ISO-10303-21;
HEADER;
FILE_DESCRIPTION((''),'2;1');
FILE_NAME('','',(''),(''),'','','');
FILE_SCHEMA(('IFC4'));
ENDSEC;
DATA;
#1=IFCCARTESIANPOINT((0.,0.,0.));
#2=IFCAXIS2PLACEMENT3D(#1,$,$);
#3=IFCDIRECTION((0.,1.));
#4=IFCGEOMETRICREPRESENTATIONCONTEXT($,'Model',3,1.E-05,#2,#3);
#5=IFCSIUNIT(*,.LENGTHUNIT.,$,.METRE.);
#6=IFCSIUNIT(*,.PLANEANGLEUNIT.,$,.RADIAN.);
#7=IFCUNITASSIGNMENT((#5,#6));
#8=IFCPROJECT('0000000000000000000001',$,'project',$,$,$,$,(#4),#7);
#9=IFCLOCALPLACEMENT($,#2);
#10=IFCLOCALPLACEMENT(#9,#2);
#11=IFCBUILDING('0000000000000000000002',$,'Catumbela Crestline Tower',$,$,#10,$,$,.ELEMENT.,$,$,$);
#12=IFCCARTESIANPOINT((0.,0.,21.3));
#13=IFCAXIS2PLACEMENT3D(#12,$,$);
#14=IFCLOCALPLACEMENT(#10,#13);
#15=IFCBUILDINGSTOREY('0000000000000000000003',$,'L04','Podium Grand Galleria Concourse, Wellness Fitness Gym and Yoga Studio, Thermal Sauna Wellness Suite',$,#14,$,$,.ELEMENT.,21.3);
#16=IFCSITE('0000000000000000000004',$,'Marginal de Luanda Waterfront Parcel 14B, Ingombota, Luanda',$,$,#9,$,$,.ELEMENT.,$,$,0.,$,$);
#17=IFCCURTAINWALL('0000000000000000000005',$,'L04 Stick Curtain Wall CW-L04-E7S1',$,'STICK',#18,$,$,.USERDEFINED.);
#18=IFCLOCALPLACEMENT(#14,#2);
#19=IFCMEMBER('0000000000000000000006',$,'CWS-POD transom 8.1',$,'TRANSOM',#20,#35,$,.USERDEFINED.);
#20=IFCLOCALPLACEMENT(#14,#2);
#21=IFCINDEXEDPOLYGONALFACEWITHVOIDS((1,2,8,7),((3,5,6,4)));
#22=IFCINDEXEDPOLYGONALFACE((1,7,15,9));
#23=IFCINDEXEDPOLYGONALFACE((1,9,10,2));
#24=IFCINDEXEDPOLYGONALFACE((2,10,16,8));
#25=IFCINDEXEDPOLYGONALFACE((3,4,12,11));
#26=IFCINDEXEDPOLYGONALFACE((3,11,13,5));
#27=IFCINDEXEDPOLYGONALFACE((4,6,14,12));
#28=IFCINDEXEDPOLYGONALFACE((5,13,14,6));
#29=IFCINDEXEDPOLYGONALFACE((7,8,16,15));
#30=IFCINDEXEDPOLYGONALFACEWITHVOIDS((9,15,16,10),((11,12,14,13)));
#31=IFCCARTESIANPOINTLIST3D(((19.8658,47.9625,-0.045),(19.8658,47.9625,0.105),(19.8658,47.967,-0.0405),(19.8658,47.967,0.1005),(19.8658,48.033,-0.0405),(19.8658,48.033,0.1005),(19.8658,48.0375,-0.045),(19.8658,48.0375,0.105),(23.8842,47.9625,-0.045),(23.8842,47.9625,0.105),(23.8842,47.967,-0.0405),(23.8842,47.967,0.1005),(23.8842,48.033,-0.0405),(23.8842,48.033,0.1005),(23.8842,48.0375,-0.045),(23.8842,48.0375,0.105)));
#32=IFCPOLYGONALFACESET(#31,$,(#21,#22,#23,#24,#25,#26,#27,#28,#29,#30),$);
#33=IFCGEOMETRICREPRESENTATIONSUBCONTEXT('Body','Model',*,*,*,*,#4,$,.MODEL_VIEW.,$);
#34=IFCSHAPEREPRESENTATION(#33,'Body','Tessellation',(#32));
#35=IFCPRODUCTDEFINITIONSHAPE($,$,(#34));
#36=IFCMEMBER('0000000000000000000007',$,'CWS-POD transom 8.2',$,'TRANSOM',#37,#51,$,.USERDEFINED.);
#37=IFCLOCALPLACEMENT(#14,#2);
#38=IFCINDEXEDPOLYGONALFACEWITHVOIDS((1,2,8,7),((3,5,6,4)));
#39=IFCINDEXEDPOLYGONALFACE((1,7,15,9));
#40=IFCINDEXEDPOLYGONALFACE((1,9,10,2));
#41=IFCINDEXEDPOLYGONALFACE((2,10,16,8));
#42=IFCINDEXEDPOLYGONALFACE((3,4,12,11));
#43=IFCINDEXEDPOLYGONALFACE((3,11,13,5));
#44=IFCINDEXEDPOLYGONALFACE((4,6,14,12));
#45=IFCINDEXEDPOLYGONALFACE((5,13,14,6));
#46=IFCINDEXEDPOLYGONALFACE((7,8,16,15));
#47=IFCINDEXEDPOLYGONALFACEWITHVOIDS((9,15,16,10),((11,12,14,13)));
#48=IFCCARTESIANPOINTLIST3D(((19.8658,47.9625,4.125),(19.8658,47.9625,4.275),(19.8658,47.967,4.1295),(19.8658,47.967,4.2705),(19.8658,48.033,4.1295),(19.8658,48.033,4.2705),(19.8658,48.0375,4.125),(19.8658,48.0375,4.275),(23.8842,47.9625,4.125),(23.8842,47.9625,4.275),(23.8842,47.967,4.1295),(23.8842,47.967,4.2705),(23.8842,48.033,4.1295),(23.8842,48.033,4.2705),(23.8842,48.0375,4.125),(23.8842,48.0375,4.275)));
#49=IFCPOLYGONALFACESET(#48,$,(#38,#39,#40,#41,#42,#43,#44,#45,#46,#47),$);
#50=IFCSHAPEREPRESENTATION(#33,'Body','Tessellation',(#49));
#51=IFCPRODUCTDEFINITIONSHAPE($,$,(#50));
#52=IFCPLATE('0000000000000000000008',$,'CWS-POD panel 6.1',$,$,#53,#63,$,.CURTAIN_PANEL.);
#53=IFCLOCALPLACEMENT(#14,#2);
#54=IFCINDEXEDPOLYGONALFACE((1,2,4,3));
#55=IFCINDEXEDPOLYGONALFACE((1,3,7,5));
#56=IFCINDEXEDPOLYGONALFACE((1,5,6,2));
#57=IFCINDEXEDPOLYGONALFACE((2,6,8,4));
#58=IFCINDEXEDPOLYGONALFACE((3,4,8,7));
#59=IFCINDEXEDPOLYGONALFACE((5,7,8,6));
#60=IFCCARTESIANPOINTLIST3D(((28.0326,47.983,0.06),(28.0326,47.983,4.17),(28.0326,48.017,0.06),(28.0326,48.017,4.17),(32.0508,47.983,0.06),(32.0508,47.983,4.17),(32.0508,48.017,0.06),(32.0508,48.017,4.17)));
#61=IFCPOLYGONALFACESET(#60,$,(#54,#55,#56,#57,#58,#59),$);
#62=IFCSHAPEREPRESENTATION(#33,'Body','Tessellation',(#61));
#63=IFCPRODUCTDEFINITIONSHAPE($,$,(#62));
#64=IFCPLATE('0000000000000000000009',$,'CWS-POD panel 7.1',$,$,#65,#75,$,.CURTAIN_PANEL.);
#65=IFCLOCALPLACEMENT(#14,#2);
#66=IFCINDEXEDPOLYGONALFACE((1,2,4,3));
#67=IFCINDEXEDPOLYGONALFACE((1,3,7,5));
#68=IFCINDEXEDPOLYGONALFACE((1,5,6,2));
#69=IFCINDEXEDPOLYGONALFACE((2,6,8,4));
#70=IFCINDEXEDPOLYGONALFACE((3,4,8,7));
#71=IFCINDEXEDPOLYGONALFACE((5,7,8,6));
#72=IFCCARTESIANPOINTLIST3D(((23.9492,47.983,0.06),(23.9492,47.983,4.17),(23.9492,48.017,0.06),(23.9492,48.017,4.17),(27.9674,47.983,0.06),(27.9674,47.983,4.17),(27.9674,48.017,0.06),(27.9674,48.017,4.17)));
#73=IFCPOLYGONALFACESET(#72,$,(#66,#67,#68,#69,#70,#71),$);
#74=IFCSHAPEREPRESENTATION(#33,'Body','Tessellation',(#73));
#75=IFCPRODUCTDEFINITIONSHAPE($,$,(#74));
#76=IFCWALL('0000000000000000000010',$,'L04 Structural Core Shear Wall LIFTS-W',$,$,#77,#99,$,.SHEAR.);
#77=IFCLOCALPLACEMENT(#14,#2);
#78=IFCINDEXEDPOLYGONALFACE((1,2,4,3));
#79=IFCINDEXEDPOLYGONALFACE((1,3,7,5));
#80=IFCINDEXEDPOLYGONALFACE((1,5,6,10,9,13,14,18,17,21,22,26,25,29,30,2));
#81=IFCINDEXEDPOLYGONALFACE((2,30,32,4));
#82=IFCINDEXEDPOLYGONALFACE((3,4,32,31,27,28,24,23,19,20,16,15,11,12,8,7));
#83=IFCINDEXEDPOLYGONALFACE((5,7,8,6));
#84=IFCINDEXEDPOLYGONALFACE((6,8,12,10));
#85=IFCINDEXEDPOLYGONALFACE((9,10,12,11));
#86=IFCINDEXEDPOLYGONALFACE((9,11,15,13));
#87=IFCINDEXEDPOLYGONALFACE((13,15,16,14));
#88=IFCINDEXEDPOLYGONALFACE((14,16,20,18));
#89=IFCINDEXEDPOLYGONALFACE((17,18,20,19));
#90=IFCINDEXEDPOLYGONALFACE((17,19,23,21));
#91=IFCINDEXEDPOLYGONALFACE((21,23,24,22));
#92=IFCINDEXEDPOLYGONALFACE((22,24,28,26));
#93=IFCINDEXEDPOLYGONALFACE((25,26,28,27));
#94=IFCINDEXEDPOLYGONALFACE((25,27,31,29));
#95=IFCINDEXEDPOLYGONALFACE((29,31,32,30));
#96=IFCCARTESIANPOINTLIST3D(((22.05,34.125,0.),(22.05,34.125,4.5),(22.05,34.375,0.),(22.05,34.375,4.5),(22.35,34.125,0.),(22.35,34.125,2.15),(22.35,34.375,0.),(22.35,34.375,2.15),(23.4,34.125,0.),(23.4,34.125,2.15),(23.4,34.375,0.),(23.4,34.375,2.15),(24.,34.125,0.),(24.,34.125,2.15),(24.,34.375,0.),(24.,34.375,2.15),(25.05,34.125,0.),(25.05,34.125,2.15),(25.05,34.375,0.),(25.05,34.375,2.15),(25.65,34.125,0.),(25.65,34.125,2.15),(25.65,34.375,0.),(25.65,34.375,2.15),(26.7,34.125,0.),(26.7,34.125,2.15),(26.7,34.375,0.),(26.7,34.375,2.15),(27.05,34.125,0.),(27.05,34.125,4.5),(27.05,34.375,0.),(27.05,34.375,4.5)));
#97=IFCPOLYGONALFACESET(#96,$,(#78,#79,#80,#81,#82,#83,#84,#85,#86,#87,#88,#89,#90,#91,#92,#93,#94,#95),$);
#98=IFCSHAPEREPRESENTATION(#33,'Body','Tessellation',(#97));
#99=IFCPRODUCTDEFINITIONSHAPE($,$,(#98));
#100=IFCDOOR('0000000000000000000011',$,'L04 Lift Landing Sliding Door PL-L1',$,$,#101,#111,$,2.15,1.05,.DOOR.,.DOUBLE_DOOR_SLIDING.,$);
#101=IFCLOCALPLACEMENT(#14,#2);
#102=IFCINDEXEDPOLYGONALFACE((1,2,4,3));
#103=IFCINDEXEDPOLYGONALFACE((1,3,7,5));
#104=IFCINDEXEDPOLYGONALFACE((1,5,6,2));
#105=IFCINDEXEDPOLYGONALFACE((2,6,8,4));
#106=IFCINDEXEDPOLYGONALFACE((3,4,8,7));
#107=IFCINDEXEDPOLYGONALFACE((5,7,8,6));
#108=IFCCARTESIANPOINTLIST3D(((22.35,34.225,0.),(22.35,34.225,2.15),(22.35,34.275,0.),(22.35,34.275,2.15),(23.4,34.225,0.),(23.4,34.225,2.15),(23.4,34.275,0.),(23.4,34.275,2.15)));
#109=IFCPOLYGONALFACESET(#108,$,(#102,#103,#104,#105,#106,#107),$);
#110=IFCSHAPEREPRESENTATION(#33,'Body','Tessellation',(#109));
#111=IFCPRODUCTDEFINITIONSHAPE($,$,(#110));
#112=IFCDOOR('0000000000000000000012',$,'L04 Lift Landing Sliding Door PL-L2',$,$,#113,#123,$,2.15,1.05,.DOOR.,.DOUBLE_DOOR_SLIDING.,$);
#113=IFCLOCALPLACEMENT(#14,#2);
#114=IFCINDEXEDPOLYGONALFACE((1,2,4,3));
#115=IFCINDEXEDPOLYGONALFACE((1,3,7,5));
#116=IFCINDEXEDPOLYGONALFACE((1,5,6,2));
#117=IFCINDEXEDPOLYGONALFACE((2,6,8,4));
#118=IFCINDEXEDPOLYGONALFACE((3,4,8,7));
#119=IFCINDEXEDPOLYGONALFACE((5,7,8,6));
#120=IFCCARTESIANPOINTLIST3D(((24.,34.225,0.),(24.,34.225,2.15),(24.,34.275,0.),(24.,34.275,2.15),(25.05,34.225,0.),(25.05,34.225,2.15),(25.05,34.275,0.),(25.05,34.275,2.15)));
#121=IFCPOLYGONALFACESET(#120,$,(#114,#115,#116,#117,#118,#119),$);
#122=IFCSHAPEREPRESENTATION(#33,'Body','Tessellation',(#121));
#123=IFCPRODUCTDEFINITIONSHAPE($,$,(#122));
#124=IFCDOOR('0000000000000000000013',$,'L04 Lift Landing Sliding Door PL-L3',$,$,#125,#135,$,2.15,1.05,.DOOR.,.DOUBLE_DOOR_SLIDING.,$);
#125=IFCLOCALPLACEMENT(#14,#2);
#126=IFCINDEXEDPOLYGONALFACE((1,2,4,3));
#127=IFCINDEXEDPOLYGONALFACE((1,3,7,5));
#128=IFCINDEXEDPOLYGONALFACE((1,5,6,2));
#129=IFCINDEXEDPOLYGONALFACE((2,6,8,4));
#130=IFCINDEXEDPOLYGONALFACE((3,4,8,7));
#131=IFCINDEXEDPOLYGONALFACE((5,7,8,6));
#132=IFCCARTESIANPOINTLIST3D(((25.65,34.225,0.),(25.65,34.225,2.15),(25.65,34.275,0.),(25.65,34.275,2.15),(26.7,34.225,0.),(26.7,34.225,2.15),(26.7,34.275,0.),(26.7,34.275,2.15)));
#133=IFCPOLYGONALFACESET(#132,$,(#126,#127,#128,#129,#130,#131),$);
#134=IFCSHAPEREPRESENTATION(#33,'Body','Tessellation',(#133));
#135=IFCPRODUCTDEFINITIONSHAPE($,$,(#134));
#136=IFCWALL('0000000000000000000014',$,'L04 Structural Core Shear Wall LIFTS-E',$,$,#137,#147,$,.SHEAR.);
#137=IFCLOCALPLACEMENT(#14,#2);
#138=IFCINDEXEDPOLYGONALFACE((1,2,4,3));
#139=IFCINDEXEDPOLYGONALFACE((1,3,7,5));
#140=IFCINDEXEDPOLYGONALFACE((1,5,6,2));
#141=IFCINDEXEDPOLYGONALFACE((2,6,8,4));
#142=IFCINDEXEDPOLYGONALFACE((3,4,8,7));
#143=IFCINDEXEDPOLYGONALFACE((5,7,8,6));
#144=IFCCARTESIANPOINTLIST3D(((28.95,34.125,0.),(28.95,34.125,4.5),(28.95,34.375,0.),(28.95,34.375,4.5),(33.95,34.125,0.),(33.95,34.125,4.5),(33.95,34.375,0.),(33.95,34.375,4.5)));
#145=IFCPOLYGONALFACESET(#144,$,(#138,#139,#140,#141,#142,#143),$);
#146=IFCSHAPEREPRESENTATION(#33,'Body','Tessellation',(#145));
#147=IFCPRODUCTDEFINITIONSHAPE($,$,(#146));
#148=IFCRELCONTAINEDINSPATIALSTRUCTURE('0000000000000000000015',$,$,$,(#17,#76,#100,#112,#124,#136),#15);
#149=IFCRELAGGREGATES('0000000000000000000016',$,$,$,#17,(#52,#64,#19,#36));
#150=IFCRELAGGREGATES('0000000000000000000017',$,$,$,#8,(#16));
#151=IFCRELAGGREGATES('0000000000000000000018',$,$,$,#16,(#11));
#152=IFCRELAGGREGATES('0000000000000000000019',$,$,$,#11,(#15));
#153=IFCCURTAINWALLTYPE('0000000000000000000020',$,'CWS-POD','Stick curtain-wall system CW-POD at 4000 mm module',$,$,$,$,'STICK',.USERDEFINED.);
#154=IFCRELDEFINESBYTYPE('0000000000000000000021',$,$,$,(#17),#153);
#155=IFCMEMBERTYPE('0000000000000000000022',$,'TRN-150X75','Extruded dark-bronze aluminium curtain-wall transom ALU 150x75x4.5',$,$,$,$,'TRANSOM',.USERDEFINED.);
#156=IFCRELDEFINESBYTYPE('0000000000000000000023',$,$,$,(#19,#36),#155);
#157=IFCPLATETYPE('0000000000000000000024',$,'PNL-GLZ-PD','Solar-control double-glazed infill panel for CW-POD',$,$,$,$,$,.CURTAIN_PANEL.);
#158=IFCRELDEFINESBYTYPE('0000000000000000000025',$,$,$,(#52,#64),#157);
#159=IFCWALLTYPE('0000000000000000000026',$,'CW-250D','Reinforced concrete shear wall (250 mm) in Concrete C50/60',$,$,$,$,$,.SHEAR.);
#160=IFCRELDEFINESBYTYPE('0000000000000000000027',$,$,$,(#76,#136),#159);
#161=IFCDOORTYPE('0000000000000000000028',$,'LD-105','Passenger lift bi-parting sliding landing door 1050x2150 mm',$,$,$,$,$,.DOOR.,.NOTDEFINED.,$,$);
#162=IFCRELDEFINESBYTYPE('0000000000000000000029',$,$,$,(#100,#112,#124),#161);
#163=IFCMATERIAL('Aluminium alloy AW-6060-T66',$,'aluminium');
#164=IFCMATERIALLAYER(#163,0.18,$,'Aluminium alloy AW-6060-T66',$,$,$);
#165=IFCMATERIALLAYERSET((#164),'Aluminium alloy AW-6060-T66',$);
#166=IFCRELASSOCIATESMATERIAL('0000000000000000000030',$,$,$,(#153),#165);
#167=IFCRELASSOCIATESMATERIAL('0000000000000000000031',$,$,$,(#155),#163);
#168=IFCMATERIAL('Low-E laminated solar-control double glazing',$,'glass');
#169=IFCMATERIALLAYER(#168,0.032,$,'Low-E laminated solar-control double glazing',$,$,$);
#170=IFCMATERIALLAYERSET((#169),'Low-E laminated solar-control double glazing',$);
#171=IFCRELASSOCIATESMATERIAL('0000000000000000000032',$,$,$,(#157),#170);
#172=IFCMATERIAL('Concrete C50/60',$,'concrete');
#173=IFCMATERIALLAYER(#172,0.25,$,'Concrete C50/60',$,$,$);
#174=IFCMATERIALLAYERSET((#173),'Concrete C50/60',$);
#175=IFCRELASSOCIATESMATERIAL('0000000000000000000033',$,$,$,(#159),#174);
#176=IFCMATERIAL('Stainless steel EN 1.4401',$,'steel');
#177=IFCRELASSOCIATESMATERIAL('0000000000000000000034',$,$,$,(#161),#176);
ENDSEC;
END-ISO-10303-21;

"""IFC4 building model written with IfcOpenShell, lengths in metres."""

from ifc_helpers import new_model, si_unit, direction, frame, frame_2d, origin, origin_2d, place, context, subcontext, project, spatial, rectangle, hollow_rectangle, extrude, material, layer, layer_set, material_profile, profile_set, type_object, element, fill, aggregate, save


model = new_model("IFC4")

# Units and contexts
model_context = context("Model", 3, precision=1e-05, world=origin(), true_north=direction((0.0, 1.0)))
body_context = subcontext(model_context, "Body", "Model", "MODEL_VIEW")
ifc_project = project(units=[si_unit("LENGTHUNIT", "METRE"), si_unit("PLANEANGLEUNIT", "RADIAN")], contexts=[model_context])

# Site, building, storey
site_placement = place(None, origin())
site = spatial("IfcSite", under=ifc_project, at=site_placement, Name="Marginal de Luanda Waterfront Parcel 14B, Ingombota, Luanda", CompositionType="ELEMENT", RefElevation=0.0)
building_placement = place(site_placement, origin())
building = spatial("IfcBuilding", under=site, at=building_placement, Name="Catumbela Crestline Tower", CompositionType="ELEMENT")
storey_placement = place(building_placement, frame((0.0, 0.0, 21.3)))
storey = spatial("IfcBuildingStorey", under=building, at=storey_placement, Name="L04", Description="Podium Grand Galleria Concourse, Wellness Fitness Gym and Yoga Studio, Thermal Sauna Wellness Suite", CompositionType="ELEMENT", Elevation=21.3)

# Curtain wall
ifc_material_1 = material(Name="Aluminium alloy AW-6060-T66", Category="aluminium")
ifc_layer_1 = layer(ifc_material_1, 0.18, Name="Aluminium alloy AW-6060-T66")
ifc_layer_set_1 = layer_set([ifc_layer_1], Name="Aluminium alloy AW-6060-T66")
curtain_wall_type = type_object("IfcCurtainWallType", Name="CWS-POD", Description="Stick curtain-wall system CW-POD at 4000 mm module", ElementType="STICK", PredefinedType="USERDEFINED", material=ifc_layer_set_1)
curtain_wall_placement = place(storey_placement, origin())
curtain_wall = element("IfcCurtainWall", 1, at=curtain_wall_placement, inside=storey, type_object=curtain_wall_type, Name="L04 Stick Curtain Wall CW-L04-E7S1", ObjectType="STICK", PredefinedType="USERDEFINED")

# Members
ifc_material_profile_1 = material_profile(ifc_material_1, hollow_rectangle(XDim=0.075, YDim=0.15, WallThickness=0.0045, at=origin_2d()), Name="ALU 150x75x4.5")
ifc_profile_set_1 = profile_set([ifc_material_profile_1], Name="Aluminium alloy AW-6060-T66")
member_type_1 = type_object("IfcMemberType", Name="TRN-150X75", Description="Extruded dark-bronze aluminium curtain-wall transom ALU 150x75x4.5", ElementType="TRANSOM", PredefinedType="USERDEFINED", material=ifc_profile_set_1)
member_1_placement = place(storey_placement, frame((23.8842, 48.0, 0.03), z_axis=(-1.0, 0.0, 0.0), x_axis=(0.0, -1.0, 0.0)))
member_1 = element("IfcMember", 2, at=member_1_placement, type_object=member_type_1, Name="CWS-POD transom 8.1", ObjectType="TRANSOM", PredefinedType="USERDEFINED", context=body_context, shape_type="SweptSolid", body=[
    extrude(hollow_rectangle(XDim=0.075, YDim=0.15, WallThickness=0.0045, at=origin_2d()), origin(), (0.0, 0.0, 1.0), 4.0184),
])
member_2_placement = place(storey_placement, frame((23.8842, 48.0, 4.2), z_axis=(-1.0, 0.0, 0.0), x_axis=(0.0, -1.0, 0.0)))
member_2 = element("IfcMember", 3, at=member_2_placement, type_object=member_type_1, Name="CWS-POD transom 8.2", ObjectType="TRANSOM", PredefinedType="USERDEFINED", context=body_context, shape_type="SweptSolid", body=[
    extrude(hollow_rectangle(XDim=0.075, YDim=0.15, WallThickness=0.0045, at=origin_2d()), origin(), (0.0, 0.0, 1.0), 4.0184),
])

# Plates
ifc_material_2 = material(Name="Low-E laminated solar-control double glazing", Category="glass")
ifc_layer_2 = layer(ifc_material_2, 0.032, Name="Low-E laminated solar-control double glazing")
ifc_layer_set_2 = layer_set([ifc_layer_2], Name="Low-E laminated solar-control double glazing")
plate_type = type_object("IfcPlateType", Name="PNL-GLZ-PD", Description="Solar-control double-glazed infill panel for CW-POD", PredefinedType="CURTAIN_PANEL", material=ifc_layer_set_2)
plate_1_placement = place(storey_placement, frame((30.0417, 48.0, 0.06), z_axis=(0.0, 0.0, 1.0), x_axis=(-1.0, 0.0, 0.0)))
plate_1 = element("IfcPlate", 4, at=plate_1_placement, type_object=plate_type, Name="CWS-POD panel 6.1", PredefinedType="CURTAIN_PANEL", context=body_context, shape_type="SweptSolid", body=[
    extrude(rectangle(XDim=4.0183, YDim=0.034, at=origin_2d()), origin(), (0.0, 0.0, 1.0), 4.11),
])
plate_2_placement = place(storey_placement, frame((25.9583, 48.0, 0.06), z_axis=(0.0, 0.0, 1.0), x_axis=(-1.0, 0.0, 0.0)))
plate_2 = element("IfcPlate", 5, at=plate_2_placement, type_object=plate_type, Name="CWS-POD panel 7.1", PredefinedType="CURTAIN_PANEL", context=body_context, shape_type="SweptSolid", body=[
    extrude(rectangle(XDim=4.0183, YDim=0.034, at=origin_2d()), origin(), (0.0, 0.0, 1.0), 4.11),
])
aggregate(curtain_wall, [plate_1, plate_2, member_1, member_2])

# Wall, openings, doors
ifc_material_3 = material(Name="Concrete C50/60", Category="concrete")
ifc_layer_3 = layer(ifc_material_3, 0.25, Name="Concrete C50/60")
ifc_layer_set_3 = layer_set([ifc_layer_3], Name="Concrete C50/60")
wall_type_1 = type_object("IfcWallType", Name="CW-250D", Description="Reinforced concrete shear wall (250 mm) in Concrete C50/60", PredefinedType="SHEAR", material=ifc_layer_set_3)
wall_1_placement = place(storey_placement, frame((22.05, 34.25, 0.0), z_axis=(0.0, 0.0, 1.0), x_axis=(1.0, 0.0, 0.0)))
wall_1 = element("IfcWall", 6, at=wall_1_placement, inside=storey, type_object=wall_type_1, Name="L04 Structural Core Shear Wall LIFTS-W", PredefinedType="SHEAR", context=body_context, shape_type="SweptSolid", body=[
    extrude(rectangle(XDim=5.0, YDim=0.25, at=frame_2d((2.5, 0.0))), origin(), (0.0, 0.0, 1.0), 4.5),
])
opening_1_placement = place(wall_1_placement, frame((0.3, 0.0, 0.0)))
opening_1 = element("IfcOpeningElement", 7, at=opening_1_placement, cuts=wall_1, PredefinedType="OPENING", context=body_context, shape_type="SweptSolid", body=[
    extrude(rectangle(XDim=1.05, YDim=2.15, at=frame_2d((0.525, 1.075))), frame((0.0, 0.135, 0.0), z_axis=(0.0, -1.0, 0.0), x_axis=(1.0, 0.0, 0.0)), (0.0, 0.0, 1.0), 0.27),
])
opening_2_placement = place(wall_1_placement, frame((1.95, 0.0, 0.0)))
opening_2 = element("IfcOpeningElement", 8, at=opening_2_placement, cuts=wall_1, PredefinedType="OPENING", context=body_context, shape_type="SweptSolid", body=[
    extrude(rectangle(XDim=1.05, YDim=2.15, at=frame_2d((0.525, 1.075))), frame((0.0, 0.135, 0.0), z_axis=(0.0, -1.0, 0.0), x_axis=(1.0, 0.0, 0.0)), (0.0, 0.0, 1.0), 0.27),
])
opening_3_placement = place(wall_1_placement, frame((3.6, 0.0, 0.0)))
opening_3 = element("IfcOpeningElement", 9, at=opening_3_placement, cuts=wall_1, PredefinedType="OPENING", context=body_context, shape_type="SweptSolid", body=[
    extrude(rectangle(XDim=1.05, YDim=2.15, at=frame_2d((0.525, 1.075))), frame((0.0, 0.135, 0.0), z_axis=(0.0, -1.0, 0.0), x_axis=(1.0, 0.0, 0.0)), (0.0, 0.0, 1.0), 0.27),
])
ifc_material_4 = material(Name="Stainless steel EN 1.4401", Category="steel")
door_type_1 = type_object("IfcDoorType", Name="LD-105", Description="Passenger lift bi-parting sliding landing door 1050x2150 mm", OperationType="NOTDEFINED", PredefinedType="DOOR", material=ifc_material_4)
door_1_placement = place(opening_1_placement, origin())
door_1 = element("IfcDoor", 10, at=door_1_placement, inside=storey, type_object=door_type_1, Name="L04 Lift Landing Sliding Door PL-L1", OperationType="DOUBLE_DOOR_SLIDING", OverallHeight=2.15, OverallWidth=1.05, PredefinedType="DOOR", context=body_context, shape_type="SweptSolid", body=[
    extrude(rectangle(XDim=1.05, YDim=2.15, at=frame_2d((0.525, 1.075))), frame((0.0, 0.025, 0.0), z_axis=(0.0, -1.0, 0.0), x_axis=(1.0, 0.0, 0.0)), (0.0, 0.0, 1.0), 0.05),
])
fill(opening_1, door_1)
door_2_placement = place(opening_2_placement, origin())
door_2 = element("IfcDoor", 11, at=door_2_placement, inside=storey, type_object=door_type_1, Name="L04 Lift Landing Sliding Door PL-L2", OperationType="DOUBLE_DOOR_SLIDING", OverallHeight=2.15, OverallWidth=1.05, PredefinedType="DOOR", context=body_context, shape_type="SweptSolid", body=[
    extrude(rectangle(XDim=1.05, YDim=2.15, at=frame_2d((0.525, 1.075))), frame((0.0, 0.025, 0.0), z_axis=(0.0, -1.0, 0.0), x_axis=(1.0, 0.0, 0.0)), (0.0, 0.0, 1.0), 0.05),
])
fill(opening_2, door_2)
door_3_placement = place(opening_3_placement, origin())
door_3 = element("IfcDoor", 12, at=door_3_placement, inside=storey, type_object=door_type_1, Name="L04 Lift Landing Sliding Door PL-L3", OperationType="DOUBLE_DOOR_SLIDING", OverallHeight=2.15, OverallWidth=1.05, PredefinedType="DOOR", context=body_context, shape_type="SweptSolid", body=[
    extrude(rectangle(XDim=1.05, YDim=2.15, at=frame_2d((0.525, 1.075))), frame((0.0, 0.025, 0.0), z_axis=(0.0, -1.0, 0.0), x_axis=(1.0, 0.0, 0.0)), (0.0, 0.0, 1.0), 0.05),
])
fill(opening_3, door_3)

# Wall
wall_2_placement = place(storey_placement, frame((28.95, 34.25, 0.0), z_axis=(0.0, 0.0, 1.0), x_axis=(1.0, 0.0, 0.0)))
element("IfcWall", 13, at=wall_2_placement, inside=storey, type_object=wall_type_1, Name="L04 Structural Core Shear Wall LIFTS-E", PredefinedType="SHEAR", context=body_context, shape_type="SweptSolid", body=[
    extrude(rectangle(XDim=5.0, YDim=0.25, at=frame_2d((2.5, 0.0))), origin(), (0.0, 0.0, 1.0), 4.5),
])

save(model, "model.ifc")
